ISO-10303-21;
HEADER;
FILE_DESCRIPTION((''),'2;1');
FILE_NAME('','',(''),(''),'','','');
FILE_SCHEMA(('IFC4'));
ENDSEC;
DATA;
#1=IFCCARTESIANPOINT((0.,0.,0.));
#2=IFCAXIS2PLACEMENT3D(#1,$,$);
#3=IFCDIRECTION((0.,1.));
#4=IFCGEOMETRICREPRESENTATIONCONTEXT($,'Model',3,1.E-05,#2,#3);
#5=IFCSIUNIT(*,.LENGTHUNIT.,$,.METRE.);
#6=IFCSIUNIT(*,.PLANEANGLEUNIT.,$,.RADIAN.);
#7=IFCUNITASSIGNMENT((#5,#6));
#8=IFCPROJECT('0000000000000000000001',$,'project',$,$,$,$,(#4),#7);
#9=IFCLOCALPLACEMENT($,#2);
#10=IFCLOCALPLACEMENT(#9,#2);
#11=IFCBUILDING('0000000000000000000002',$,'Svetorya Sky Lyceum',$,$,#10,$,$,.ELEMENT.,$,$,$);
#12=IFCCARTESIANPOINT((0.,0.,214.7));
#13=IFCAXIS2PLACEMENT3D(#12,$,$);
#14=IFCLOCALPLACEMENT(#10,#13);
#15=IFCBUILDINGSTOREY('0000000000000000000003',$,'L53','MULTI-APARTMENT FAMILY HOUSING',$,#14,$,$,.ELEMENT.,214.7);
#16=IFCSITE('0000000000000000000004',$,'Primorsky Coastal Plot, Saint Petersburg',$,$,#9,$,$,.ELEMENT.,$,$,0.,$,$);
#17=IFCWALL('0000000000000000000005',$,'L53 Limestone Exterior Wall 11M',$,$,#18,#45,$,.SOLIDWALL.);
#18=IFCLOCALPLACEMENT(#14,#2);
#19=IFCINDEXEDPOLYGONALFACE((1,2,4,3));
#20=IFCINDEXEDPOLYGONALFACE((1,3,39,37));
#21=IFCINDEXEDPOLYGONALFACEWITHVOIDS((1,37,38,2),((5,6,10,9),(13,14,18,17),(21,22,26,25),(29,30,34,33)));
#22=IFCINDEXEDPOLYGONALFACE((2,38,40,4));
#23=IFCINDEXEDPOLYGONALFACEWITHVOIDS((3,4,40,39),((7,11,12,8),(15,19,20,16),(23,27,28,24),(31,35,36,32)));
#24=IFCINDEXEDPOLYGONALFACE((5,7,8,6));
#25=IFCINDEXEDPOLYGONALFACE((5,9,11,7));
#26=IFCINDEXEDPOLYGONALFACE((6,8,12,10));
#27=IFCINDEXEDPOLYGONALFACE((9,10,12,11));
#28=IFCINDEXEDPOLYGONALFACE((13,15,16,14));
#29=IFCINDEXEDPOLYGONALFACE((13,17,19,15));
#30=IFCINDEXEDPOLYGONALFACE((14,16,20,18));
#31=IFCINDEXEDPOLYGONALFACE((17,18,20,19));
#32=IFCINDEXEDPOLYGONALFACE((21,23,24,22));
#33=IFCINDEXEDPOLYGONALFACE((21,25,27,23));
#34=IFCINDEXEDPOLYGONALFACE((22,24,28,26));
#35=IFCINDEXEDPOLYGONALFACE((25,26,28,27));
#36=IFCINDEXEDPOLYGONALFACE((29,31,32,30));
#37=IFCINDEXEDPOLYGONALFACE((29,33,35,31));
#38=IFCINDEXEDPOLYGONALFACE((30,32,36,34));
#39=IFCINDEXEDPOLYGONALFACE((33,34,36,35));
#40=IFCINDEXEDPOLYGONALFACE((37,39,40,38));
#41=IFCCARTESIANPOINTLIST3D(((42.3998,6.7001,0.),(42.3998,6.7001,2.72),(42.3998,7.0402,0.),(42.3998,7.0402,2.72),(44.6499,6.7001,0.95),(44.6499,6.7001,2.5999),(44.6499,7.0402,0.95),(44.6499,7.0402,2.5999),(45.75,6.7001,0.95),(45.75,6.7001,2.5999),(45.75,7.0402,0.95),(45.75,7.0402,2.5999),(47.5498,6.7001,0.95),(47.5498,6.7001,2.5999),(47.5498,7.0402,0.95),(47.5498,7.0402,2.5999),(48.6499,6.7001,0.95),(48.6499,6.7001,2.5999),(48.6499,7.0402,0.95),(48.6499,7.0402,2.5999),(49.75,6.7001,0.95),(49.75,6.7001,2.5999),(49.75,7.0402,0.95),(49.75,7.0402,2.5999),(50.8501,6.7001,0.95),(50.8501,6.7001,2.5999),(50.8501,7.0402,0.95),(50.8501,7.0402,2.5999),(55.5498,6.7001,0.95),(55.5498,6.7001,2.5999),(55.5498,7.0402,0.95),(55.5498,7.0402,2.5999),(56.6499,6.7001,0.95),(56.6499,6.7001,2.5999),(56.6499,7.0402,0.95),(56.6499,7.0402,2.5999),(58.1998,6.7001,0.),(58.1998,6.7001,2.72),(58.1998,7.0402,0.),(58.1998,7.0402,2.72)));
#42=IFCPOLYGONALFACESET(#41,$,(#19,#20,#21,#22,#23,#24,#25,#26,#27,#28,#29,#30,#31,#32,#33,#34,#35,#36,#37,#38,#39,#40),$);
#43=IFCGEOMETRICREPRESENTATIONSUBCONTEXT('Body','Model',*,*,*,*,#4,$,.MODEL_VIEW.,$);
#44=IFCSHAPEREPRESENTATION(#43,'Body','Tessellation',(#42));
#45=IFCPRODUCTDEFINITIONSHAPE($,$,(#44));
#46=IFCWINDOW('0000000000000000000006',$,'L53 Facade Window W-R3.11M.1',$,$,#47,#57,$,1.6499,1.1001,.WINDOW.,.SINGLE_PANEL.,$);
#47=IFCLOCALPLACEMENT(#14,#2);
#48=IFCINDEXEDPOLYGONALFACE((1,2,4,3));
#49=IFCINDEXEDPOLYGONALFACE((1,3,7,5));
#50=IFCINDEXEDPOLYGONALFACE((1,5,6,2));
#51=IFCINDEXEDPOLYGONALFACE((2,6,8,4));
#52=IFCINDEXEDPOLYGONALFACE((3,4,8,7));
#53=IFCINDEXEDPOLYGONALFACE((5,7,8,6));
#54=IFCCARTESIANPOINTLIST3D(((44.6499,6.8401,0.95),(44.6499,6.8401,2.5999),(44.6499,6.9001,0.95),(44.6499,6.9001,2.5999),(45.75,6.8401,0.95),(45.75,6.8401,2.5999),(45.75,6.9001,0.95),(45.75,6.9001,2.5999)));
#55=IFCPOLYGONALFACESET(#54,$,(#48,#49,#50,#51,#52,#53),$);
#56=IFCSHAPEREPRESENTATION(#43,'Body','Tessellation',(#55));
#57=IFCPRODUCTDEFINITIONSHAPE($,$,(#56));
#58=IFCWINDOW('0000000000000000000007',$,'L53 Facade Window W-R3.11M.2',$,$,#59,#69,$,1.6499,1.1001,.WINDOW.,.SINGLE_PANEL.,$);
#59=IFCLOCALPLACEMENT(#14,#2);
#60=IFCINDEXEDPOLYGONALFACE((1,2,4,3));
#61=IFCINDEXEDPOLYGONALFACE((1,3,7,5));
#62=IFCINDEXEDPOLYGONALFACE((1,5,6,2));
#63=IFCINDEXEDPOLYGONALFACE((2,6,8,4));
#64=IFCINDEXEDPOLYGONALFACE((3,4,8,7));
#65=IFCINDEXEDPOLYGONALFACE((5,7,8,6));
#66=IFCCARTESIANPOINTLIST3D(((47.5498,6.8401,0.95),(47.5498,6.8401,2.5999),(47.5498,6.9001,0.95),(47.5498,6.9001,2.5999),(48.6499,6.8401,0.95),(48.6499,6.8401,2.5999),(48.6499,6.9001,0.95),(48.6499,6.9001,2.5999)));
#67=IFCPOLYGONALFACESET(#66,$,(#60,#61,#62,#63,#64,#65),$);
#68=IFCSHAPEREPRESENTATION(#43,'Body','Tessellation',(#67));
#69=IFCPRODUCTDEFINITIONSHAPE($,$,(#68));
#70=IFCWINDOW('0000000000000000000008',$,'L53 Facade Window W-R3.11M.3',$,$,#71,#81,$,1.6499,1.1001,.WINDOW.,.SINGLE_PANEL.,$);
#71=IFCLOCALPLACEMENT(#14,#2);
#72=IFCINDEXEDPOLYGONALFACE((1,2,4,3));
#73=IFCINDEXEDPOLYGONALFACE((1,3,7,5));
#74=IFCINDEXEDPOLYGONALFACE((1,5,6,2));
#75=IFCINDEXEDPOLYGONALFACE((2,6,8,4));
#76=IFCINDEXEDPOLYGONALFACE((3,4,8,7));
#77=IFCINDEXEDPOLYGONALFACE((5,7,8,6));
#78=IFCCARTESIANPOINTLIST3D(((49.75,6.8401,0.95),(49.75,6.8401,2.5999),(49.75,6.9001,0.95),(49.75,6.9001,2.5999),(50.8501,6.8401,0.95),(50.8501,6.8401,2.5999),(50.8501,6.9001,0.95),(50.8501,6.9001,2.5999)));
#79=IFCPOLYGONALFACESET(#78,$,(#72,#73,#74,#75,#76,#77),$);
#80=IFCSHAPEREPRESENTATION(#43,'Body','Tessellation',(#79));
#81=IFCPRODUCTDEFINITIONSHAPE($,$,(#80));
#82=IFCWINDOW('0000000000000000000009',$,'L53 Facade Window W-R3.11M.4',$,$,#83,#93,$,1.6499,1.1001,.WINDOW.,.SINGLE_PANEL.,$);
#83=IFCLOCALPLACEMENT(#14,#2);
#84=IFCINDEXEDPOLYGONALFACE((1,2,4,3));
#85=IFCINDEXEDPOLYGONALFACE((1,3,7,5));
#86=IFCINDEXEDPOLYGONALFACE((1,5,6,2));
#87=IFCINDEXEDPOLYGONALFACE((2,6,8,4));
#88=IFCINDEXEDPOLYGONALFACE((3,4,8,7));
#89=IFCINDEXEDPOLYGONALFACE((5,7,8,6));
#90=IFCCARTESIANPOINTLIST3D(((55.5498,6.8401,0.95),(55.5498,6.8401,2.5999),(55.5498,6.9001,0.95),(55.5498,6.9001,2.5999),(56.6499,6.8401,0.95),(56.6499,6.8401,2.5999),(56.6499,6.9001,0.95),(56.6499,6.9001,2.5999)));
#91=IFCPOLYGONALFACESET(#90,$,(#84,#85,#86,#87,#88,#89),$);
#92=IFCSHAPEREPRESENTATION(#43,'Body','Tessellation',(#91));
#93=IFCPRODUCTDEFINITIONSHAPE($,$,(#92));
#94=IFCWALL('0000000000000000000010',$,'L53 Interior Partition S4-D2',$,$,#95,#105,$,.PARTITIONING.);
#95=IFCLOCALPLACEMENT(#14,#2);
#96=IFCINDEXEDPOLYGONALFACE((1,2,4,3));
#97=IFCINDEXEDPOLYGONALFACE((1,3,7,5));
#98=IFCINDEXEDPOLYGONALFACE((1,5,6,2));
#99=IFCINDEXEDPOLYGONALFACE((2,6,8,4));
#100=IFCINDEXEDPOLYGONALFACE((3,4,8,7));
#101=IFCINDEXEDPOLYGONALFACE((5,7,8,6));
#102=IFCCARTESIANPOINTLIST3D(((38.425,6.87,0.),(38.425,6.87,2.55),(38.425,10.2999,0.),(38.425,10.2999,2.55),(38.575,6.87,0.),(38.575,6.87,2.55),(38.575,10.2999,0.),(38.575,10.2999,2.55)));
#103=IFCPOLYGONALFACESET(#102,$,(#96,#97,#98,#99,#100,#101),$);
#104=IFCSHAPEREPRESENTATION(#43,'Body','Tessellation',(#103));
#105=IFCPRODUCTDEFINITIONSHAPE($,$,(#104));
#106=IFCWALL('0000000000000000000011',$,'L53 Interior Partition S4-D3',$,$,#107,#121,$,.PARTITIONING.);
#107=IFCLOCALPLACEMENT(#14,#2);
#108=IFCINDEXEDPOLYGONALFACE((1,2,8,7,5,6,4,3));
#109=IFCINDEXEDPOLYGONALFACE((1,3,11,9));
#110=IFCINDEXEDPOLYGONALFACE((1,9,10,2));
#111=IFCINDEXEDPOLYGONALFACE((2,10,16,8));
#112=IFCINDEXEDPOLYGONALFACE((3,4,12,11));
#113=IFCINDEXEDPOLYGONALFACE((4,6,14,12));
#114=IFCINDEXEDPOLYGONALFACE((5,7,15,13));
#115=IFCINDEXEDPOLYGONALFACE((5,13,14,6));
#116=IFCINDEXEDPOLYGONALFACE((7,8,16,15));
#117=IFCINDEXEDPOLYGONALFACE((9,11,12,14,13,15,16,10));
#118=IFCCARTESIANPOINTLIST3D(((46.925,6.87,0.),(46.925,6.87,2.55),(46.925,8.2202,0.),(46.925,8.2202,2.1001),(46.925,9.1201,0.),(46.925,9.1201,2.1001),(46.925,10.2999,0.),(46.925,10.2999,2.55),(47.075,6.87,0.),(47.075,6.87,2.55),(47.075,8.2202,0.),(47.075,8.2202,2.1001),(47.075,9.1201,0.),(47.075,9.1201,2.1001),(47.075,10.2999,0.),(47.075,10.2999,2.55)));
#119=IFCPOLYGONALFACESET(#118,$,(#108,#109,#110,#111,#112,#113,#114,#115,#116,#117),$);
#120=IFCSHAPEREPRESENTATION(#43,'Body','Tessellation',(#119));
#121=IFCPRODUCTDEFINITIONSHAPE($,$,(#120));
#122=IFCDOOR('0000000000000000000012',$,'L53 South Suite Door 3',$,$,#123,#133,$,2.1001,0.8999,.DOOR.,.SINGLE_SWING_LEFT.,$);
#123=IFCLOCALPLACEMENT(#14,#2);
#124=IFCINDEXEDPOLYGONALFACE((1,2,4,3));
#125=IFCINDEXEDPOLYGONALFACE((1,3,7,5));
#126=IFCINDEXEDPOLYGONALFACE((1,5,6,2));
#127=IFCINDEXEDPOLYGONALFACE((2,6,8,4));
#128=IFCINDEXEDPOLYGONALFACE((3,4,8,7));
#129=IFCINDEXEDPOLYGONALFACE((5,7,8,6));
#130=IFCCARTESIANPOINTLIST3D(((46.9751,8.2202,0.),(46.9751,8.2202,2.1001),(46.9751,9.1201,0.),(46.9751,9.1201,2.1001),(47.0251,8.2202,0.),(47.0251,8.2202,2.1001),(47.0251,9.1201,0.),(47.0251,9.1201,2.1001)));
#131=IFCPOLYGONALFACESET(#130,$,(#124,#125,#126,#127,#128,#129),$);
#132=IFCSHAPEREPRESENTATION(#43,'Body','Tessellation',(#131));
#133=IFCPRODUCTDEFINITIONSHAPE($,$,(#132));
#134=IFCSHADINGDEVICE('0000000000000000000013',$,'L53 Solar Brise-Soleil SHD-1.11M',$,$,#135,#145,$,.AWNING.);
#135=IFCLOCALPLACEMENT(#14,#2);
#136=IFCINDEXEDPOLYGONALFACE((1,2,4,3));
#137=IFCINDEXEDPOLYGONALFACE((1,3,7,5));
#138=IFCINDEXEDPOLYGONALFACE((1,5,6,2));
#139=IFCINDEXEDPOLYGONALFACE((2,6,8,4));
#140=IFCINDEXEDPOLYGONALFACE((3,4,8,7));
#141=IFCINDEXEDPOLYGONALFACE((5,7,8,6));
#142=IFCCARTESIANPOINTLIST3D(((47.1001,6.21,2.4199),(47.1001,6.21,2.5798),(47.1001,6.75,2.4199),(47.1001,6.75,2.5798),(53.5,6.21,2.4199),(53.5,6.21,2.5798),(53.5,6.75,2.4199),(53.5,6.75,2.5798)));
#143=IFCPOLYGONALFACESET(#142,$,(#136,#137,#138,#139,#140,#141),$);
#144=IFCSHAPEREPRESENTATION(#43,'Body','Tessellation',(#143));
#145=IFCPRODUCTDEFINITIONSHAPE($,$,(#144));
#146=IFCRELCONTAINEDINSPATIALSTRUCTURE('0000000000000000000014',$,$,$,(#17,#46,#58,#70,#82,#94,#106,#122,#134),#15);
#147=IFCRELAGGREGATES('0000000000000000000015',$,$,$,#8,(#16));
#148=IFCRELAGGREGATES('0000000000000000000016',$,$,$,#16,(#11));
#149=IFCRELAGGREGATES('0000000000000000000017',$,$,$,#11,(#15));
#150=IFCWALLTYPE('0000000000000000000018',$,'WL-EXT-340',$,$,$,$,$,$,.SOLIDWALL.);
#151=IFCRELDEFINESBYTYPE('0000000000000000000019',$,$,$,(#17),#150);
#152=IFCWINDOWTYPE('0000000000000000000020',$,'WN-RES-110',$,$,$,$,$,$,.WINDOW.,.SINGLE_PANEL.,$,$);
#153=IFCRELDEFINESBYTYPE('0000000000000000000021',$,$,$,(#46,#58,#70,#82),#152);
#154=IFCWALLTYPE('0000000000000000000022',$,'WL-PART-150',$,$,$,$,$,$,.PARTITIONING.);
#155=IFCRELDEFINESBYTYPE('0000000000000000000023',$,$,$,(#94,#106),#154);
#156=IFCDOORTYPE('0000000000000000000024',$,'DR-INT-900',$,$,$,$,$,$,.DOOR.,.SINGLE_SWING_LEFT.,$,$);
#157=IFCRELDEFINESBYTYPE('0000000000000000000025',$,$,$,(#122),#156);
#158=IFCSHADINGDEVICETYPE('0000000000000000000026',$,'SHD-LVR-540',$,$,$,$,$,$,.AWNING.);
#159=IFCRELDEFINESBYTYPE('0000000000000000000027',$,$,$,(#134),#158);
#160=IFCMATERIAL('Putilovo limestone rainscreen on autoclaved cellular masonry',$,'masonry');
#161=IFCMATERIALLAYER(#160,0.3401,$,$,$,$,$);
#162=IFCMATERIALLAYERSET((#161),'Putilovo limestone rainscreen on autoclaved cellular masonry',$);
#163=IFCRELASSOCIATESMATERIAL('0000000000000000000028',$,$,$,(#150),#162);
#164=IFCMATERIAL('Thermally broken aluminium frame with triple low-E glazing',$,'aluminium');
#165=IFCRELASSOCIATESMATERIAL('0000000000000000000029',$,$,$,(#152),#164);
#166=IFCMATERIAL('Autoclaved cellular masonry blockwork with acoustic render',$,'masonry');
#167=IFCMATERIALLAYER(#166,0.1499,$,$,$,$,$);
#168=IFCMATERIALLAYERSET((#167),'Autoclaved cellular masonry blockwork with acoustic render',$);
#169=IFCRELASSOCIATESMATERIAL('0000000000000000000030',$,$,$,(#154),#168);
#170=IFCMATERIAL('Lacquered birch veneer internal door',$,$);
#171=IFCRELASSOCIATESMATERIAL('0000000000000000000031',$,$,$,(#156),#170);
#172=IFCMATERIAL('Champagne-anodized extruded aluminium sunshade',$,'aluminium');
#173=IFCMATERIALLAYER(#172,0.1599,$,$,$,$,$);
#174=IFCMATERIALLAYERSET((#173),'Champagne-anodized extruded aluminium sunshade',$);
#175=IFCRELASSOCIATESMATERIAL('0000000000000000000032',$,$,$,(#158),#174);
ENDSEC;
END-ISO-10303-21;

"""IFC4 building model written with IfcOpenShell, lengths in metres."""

from ifc_helpers import new_model, si_unit, direction, frame, frame_2d, origin, origin_2d, place, context, subcontext, project, spatial, rectangle, extrude, material, layer, layer_set, type_object, element, fill, save


model = new_model("IFC4")

# Units and contexts
model_context = context("Model", 3, precision=1e-05, world=origin(), true_north=direction((0.0, 1.0)))
body_context = subcontext(model_context, "Body", "Model", "MODEL_VIEW")
ifc_project = project(units=[si_unit("LENGTHUNIT", "METRE"), si_unit("PLANEANGLEUNIT", "RADIAN")], contexts=[model_context])

# Site, building, storey
site_placement = place(None, origin())
site = spatial("IfcSite", under=ifc_project, at=site_placement, Name="Primorsky Coastal Plot, Saint Petersburg", CompositionType="ELEMENT", RefElevation=0.0)
building_placement = place(site_placement, origin())
building = spatial("IfcBuilding", under=site, at=building_placement, Name="Svetorya Sky Lyceum", CompositionType="ELEMENT")
storey_placement = place(building_placement, frame((0.0, 0.0, 214.7)))
storey = spatial("IfcBuildingStorey", under=building, at=storey_placement, Name="L53", Description="MULTI-APARTMENT FAMILY HOUSING", CompositionType="ELEMENT", Elevation=214.7)

# Shared definitions
ifc_material_1 = material(Name="Putilovo limestone rainscreen on autoclaved cellular masonry", Category="masonry")
ifc_layer_1 = layer(ifc_material_1, 0.3401)
ifc_layer_set_1 = layer_set([ifc_layer_1], Name="Putilovo limestone rainscreen on autoclaved cellular masonry")
wall_type_1 = type_object("IfcWallType", Name="WL-EXT-340", PredefinedType="SOLIDWALL", material=ifc_layer_set_1)

# Wall, openings, windows
wall_1_placement = place(storey_placement, frame((42.3999, 6.8701, 0.0), z_axis=(0.0, 0.0, 1.0), x_axis=(1.0, 0.0, 0.0)))
wall_1 = element("IfcWall", 1, at=wall_1_placement, inside=storey, type_object=wall_type_1, Name="L53 Limestone Exterior Wall 11M", PredefinedType="SOLIDWALL", context=body_context, shape_type="SweptSolid", body=[
    extrude(rectangle(XDim=15.8, YDim=0.3401, at=frame_2d((7.8999, 0.0))), origin(), (0.0, 0.0, 1.0), 2.72),
])
opening_1_placement = place(wall_1_placement, frame((2.25, 0.0, 0.95)))
opening_1 = element("IfcOpeningElement", 2, at=opening_1_placement, cuts=wall_1, PredefinedType="OPENING", context=body_context, shape_type="SweptSolid", body=[
    extrude(rectangle(XDim=1.1001, YDim=1.6499, at=frame_2d((0.55, 0.825))), frame((0.0, 0.1799, 0.0), z_axis=(0.0, -1.0, 0.0), x_axis=(1.0, 0.0, 0.0)), (0.0, 0.0, 1.0), 0.3601),
])
opening_2_placement = place(wall_1_placement, frame((5.1499, 0.0, 0.95)))
opening_2 = element("IfcOpeningElement", 3, at=opening_2_placement, cuts=wall_1, PredefinedType="OPENING", context=body_context, shape_type="SweptSolid", body=[
    extrude(rectangle(XDim=1.1001, YDim=1.6499, at=frame_2d((0.55, 0.825))), frame((0.0, 0.1799, 0.0), z_axis=(0.0, -1.0, 0.0), x_axis=(1.0, 0.0, 0.0)), (0.0, 0.0, 1.0), 0.3601),
])
opening_3_placement = place(wall_1_placement, frame((7.3501, 0.0, 0.95)))
opening_3 = element("IfcOpeningElement", 4, at=opening_3_placement, cuts=wall_1, PredefinedType="OPENING", context=body_context, shape_type="SweptSolid", body=[
    extrude(rectangle(XDim=1.1001, YDim=1.6499, at=frame_2d((0.55, 0.825))), frame((0.0, 0.1799, 0.0), z_axis=(0.0, -1.0, 0.0), x_axis=(1.0, 0.0, 0.0)), (0.0, 0.0, 1.0), 0.3601),
])
opening_4_placement = place(wall_1_placement, frame((13.1499, 0.0, 0.95)))
opening_4 = element("IfcOpeningElement", 5, at=opening_4_placement, cuts=wall_1, PredefinedType="OPENING", context=body_context, shape_type="SweptSolid", body=[
    extrude(rectangle(XDim=1.1001, YDim=1.6499, at=frame_2d((0.55, 0.825))), frame((0.0, 0.1799, 0.0), z_axis=(0.0, -1.0, 0.0), x_axis=(1.0, 0.0, 0.0)), (0.0, 0.0, 1.0), 0.3601),
])
ifc_material_2 = material(Name="Thermally broken aluminium frame with triple low-E glazing", Category="aluminium")
window_type = type_object("IfcWindowType", Name="WN-RES-110", PartitioningType="SINGLE_PANEL", PredefinedType="WINDOW", material=ifc_material_2)
window_1_placement = place(opening_1_placement, origin())
window_1 = element("IfcWindow", 6, at=window_1_placement, inside=storey, type_object=window_type, Name="L53 Facade Window W-R3.11M.1", OverallHeight=1.6499, OverallWidth=1.1001, PartitioningType="SINGLE_PANEL", PredefinedType="WINDOW", context=body_context, shape_type="SweptSolid", body=[
    extrude(rectangle(XDim=1.1001, YDim=1.6499, at=frame_2d((0.55, 0.825))), frame((0.0, 0.03, 0.0), z_axis=(0.0, -1.0, 0.0), x_axis=(1.0, 0.0, 0.0)), (0.0, 0.0, 1.0), 0.0601),
])
fill(opening_1, window_1)
window_2_placement = place(opening_2_placement, origin())
window_2 = element("IfcWindow", 7, at=window_2_placement, inside=storey, type_object=window_type, Name="L53 Facade Window W-R3.11M.2", OverallHeight=1.6499, OverallWidth=1.1001, PartitioningType="SINGLE_PANEL", PredefinedType="WINDOW", context=body_context, shape_type="SweptSolid", body=[
    extrude(rectangle(XDim=1.1001, YDim=1.6499, at=frame_2d((0.55, 0.825))), frame((0.0, 0.03, 0.0), z_axis=(0.0, -1.0, 0.0), x_axis=(1.0, 0.0, 0.0)), (0.0, 0.0, 1.0), 0.0601),
])
fill(opening_2, window_2)
window_3_placement = place(opening_3_placement, origin())
window_3 = element("IfcWindow", 8, at=window_3_placement, inside=storey, type_object=window_type, Name="L53 Facade Window W-R3.11M.3", OverallHeight=1.6499, OverallWidth=1.1001, PartitioningType="SINGLE_PANEL", PredefinedType="WINDOW", context=body_context, shape_type="SweptSolid", body=[
    extrude(rectangle(XDim=1.1001, YDim=1.6499, at=frame_2d((0.55, 0.825))), frame((0.0, 0.03, 0.0), z_axis=(0.0, -1.0, 0.0), x_axis=(1.0, 0.0, 0.0)), (0.0, 0.0, 1.0), 0.0601),
])
fill(opening_3, window_3)
window_4_placement = place(opening_4_placement, origin())
window_4 = element("IfcWindow", 9, at=window_4_placement, inside=storey, type_object=window_type, Name="L53 Facade Window W-R3.11M.4", OverallHeight=1.6499, OverallWidth=1.1001, PartitioningType="SINGLE_PANEL", PredefinedType="WINDOW", context=body_context, shape_type="SweptSolid", body=[
    extrude(rectangle(XDim=1.1001, YDim=1.6499, at=frame_2d((0.55, 0.825))), frame((0.0, 0.03, 0.0), z_axis=(0.0, -1.0, 0.0), x_axis=(1.0, 0.0, 0.0)), (0.0, 0.0, 1.0), 0.0601),
])
fill(opening_4, window_4)

# Wall
ifc_material_3 = material(Name="Autoclaved cellular masonry blockwork with acoustic render", Category="masonry")
ifc_layer_2 = layer(ifc_material_3, 0.1499)
ifc_layer_set_2 = layer_set([ifc_layer_2], Name="Autoclaved cellular masonry blockwork with acoustic render")
wall_type_2 = type_object("IfcWallType", Name="WL-PART-150", PredefinedType="PARTITIONING", material=ifc_layer_set_2)
wall_2_placement = place(storey_placement, frame((38.5, 6.8701, 0.0), z_axis=(0.0, 0.0, 1.0), x_axis=(0.0, 1.0, 0.0)))
element("IfcWall", 10, at=wall_2_placement, inside=storey, type_object=wall_type_2, Name="L53 Interior Partition S4-D2", PredefinedType="PARTITIONING", context=body_context, shape_type="SweptSolid", body=[
    extrude(rectangle(XDim=3.4299, YDim=0.1499, at=frame_2d((1.7148, 0.0))), origin(), (0.0, 0.0, 1.0), 2.55),
])

# Wall, opening, door
wall_3_placement = place(storey_placement, frame((47.0, 6.8701, 0.0), z_axis=(0.0, 0.0, 1.0), x_axis=(0.0, 1.0, 0.0)))
wall_3 = element("IfcWall", 11, at=wall_3_placement, inside=storey, type_object=wall_type_2, Name="L53 Interior Partition S4-D3", PredefinedType="PARTITIONING", context=body_context, shape_type="SweptSolid", body=[
    extrude(rectangle(XDim=3.4299, YDim=0.1499, at=frame_2d((1.7148, 0.0))), origin(), (0.0, 0.0, 1.0), 2.55),
])
opening_5_placement = place(wall_3_placement, frame((1.3501, 0.0, 0.0)))
opening_5 = element("IfcOpeningElement", 12, at=opening_5_placement, cuts=wall_3, PredefinedType="OPENING", context=body_context, shape_type="SweptSolid", body=[
    extrude(rectangle(XDim=0.8999, YDim=2.1001, at=frame_2d((0.45, 1.05))), frame((0.0, 0.085, 0.0), z_axis=(0.0, -1.0, 0.0), x_axis=(1.0, 0.0, 0.0)), (0.0, 0.0, 1.0), 0.1699),
])
ifc_material_4 = material(Name="Lacquered birch veneer internal door")
door_type = type_object("IfcDoorType", Name="DR-INT-900", OperationType="SINGLE_SWING_LEFT", PredefinedType="DOOR", material=ifc_material_4)
door_placement = place(opening_5_placement, origin())
door = element("IfcDoor", 13, at=door_placement, inside=storey, type_object=door_type, Name="L53 South Suite Door 3", OperationType="SINGLE_SWING_LEFT", OverallHeight=2.1001, OverallWidth=0.8999, PredefinedType="DOOR", context=body_context, shape_type="SweptSolid", body=[
    extrude(rectangle(XDim=0.8999, YDim=2.1001, at=frame_2d((0.45, 1.05))), frame((0.0, 0.0249, 0.0), z_axis=(0.0, -1.0, 0.0), x_axis=(1.0, 0.0, 0.0)), (0.0, 0.0, 1.0), 0.05),
])
fill(opening_5, door)

# Shading device
ifc_material_5 = material(Name="Champagne-anodized extruded aluminium sunshade", Category="aluminium")
ifc_layer_3 = layer(ifc_material_5, 0.1599)
ifc_layer_set_3 = layer_set([ifc_layer_3], Name="Champagne-anodized extruded aluminium sunshade")
shading_device_type = type_object("IfcShadingDeviceType", Name="SHD-LVR-540", PredefinedType="AWNING", material=ifc_layer_set_3)
shading_device_placement = place(storey_placement, frame((50.3, 6.48, 2.4199), z_axis=(0.0, 0.0, 1.0), x_axis=(1.0, 0.0, 0.0)))
element("IfcShadingDevice", 14, at=shading_device_placement, inside=storey, type_object=shading_device_type, Name="L53 Solar Brise-Soleil SHD-1.11M", PredefinedType="AWNING", context=body_context, shape_type="SweptSolid", body=[
    extrude(rectangle(XDim=6.3999, YDim=0.54, at=origin_2d()), origin(), (0.0, 0.0, 1.0), 0.1599),
])

save(model, "model.ifc")
